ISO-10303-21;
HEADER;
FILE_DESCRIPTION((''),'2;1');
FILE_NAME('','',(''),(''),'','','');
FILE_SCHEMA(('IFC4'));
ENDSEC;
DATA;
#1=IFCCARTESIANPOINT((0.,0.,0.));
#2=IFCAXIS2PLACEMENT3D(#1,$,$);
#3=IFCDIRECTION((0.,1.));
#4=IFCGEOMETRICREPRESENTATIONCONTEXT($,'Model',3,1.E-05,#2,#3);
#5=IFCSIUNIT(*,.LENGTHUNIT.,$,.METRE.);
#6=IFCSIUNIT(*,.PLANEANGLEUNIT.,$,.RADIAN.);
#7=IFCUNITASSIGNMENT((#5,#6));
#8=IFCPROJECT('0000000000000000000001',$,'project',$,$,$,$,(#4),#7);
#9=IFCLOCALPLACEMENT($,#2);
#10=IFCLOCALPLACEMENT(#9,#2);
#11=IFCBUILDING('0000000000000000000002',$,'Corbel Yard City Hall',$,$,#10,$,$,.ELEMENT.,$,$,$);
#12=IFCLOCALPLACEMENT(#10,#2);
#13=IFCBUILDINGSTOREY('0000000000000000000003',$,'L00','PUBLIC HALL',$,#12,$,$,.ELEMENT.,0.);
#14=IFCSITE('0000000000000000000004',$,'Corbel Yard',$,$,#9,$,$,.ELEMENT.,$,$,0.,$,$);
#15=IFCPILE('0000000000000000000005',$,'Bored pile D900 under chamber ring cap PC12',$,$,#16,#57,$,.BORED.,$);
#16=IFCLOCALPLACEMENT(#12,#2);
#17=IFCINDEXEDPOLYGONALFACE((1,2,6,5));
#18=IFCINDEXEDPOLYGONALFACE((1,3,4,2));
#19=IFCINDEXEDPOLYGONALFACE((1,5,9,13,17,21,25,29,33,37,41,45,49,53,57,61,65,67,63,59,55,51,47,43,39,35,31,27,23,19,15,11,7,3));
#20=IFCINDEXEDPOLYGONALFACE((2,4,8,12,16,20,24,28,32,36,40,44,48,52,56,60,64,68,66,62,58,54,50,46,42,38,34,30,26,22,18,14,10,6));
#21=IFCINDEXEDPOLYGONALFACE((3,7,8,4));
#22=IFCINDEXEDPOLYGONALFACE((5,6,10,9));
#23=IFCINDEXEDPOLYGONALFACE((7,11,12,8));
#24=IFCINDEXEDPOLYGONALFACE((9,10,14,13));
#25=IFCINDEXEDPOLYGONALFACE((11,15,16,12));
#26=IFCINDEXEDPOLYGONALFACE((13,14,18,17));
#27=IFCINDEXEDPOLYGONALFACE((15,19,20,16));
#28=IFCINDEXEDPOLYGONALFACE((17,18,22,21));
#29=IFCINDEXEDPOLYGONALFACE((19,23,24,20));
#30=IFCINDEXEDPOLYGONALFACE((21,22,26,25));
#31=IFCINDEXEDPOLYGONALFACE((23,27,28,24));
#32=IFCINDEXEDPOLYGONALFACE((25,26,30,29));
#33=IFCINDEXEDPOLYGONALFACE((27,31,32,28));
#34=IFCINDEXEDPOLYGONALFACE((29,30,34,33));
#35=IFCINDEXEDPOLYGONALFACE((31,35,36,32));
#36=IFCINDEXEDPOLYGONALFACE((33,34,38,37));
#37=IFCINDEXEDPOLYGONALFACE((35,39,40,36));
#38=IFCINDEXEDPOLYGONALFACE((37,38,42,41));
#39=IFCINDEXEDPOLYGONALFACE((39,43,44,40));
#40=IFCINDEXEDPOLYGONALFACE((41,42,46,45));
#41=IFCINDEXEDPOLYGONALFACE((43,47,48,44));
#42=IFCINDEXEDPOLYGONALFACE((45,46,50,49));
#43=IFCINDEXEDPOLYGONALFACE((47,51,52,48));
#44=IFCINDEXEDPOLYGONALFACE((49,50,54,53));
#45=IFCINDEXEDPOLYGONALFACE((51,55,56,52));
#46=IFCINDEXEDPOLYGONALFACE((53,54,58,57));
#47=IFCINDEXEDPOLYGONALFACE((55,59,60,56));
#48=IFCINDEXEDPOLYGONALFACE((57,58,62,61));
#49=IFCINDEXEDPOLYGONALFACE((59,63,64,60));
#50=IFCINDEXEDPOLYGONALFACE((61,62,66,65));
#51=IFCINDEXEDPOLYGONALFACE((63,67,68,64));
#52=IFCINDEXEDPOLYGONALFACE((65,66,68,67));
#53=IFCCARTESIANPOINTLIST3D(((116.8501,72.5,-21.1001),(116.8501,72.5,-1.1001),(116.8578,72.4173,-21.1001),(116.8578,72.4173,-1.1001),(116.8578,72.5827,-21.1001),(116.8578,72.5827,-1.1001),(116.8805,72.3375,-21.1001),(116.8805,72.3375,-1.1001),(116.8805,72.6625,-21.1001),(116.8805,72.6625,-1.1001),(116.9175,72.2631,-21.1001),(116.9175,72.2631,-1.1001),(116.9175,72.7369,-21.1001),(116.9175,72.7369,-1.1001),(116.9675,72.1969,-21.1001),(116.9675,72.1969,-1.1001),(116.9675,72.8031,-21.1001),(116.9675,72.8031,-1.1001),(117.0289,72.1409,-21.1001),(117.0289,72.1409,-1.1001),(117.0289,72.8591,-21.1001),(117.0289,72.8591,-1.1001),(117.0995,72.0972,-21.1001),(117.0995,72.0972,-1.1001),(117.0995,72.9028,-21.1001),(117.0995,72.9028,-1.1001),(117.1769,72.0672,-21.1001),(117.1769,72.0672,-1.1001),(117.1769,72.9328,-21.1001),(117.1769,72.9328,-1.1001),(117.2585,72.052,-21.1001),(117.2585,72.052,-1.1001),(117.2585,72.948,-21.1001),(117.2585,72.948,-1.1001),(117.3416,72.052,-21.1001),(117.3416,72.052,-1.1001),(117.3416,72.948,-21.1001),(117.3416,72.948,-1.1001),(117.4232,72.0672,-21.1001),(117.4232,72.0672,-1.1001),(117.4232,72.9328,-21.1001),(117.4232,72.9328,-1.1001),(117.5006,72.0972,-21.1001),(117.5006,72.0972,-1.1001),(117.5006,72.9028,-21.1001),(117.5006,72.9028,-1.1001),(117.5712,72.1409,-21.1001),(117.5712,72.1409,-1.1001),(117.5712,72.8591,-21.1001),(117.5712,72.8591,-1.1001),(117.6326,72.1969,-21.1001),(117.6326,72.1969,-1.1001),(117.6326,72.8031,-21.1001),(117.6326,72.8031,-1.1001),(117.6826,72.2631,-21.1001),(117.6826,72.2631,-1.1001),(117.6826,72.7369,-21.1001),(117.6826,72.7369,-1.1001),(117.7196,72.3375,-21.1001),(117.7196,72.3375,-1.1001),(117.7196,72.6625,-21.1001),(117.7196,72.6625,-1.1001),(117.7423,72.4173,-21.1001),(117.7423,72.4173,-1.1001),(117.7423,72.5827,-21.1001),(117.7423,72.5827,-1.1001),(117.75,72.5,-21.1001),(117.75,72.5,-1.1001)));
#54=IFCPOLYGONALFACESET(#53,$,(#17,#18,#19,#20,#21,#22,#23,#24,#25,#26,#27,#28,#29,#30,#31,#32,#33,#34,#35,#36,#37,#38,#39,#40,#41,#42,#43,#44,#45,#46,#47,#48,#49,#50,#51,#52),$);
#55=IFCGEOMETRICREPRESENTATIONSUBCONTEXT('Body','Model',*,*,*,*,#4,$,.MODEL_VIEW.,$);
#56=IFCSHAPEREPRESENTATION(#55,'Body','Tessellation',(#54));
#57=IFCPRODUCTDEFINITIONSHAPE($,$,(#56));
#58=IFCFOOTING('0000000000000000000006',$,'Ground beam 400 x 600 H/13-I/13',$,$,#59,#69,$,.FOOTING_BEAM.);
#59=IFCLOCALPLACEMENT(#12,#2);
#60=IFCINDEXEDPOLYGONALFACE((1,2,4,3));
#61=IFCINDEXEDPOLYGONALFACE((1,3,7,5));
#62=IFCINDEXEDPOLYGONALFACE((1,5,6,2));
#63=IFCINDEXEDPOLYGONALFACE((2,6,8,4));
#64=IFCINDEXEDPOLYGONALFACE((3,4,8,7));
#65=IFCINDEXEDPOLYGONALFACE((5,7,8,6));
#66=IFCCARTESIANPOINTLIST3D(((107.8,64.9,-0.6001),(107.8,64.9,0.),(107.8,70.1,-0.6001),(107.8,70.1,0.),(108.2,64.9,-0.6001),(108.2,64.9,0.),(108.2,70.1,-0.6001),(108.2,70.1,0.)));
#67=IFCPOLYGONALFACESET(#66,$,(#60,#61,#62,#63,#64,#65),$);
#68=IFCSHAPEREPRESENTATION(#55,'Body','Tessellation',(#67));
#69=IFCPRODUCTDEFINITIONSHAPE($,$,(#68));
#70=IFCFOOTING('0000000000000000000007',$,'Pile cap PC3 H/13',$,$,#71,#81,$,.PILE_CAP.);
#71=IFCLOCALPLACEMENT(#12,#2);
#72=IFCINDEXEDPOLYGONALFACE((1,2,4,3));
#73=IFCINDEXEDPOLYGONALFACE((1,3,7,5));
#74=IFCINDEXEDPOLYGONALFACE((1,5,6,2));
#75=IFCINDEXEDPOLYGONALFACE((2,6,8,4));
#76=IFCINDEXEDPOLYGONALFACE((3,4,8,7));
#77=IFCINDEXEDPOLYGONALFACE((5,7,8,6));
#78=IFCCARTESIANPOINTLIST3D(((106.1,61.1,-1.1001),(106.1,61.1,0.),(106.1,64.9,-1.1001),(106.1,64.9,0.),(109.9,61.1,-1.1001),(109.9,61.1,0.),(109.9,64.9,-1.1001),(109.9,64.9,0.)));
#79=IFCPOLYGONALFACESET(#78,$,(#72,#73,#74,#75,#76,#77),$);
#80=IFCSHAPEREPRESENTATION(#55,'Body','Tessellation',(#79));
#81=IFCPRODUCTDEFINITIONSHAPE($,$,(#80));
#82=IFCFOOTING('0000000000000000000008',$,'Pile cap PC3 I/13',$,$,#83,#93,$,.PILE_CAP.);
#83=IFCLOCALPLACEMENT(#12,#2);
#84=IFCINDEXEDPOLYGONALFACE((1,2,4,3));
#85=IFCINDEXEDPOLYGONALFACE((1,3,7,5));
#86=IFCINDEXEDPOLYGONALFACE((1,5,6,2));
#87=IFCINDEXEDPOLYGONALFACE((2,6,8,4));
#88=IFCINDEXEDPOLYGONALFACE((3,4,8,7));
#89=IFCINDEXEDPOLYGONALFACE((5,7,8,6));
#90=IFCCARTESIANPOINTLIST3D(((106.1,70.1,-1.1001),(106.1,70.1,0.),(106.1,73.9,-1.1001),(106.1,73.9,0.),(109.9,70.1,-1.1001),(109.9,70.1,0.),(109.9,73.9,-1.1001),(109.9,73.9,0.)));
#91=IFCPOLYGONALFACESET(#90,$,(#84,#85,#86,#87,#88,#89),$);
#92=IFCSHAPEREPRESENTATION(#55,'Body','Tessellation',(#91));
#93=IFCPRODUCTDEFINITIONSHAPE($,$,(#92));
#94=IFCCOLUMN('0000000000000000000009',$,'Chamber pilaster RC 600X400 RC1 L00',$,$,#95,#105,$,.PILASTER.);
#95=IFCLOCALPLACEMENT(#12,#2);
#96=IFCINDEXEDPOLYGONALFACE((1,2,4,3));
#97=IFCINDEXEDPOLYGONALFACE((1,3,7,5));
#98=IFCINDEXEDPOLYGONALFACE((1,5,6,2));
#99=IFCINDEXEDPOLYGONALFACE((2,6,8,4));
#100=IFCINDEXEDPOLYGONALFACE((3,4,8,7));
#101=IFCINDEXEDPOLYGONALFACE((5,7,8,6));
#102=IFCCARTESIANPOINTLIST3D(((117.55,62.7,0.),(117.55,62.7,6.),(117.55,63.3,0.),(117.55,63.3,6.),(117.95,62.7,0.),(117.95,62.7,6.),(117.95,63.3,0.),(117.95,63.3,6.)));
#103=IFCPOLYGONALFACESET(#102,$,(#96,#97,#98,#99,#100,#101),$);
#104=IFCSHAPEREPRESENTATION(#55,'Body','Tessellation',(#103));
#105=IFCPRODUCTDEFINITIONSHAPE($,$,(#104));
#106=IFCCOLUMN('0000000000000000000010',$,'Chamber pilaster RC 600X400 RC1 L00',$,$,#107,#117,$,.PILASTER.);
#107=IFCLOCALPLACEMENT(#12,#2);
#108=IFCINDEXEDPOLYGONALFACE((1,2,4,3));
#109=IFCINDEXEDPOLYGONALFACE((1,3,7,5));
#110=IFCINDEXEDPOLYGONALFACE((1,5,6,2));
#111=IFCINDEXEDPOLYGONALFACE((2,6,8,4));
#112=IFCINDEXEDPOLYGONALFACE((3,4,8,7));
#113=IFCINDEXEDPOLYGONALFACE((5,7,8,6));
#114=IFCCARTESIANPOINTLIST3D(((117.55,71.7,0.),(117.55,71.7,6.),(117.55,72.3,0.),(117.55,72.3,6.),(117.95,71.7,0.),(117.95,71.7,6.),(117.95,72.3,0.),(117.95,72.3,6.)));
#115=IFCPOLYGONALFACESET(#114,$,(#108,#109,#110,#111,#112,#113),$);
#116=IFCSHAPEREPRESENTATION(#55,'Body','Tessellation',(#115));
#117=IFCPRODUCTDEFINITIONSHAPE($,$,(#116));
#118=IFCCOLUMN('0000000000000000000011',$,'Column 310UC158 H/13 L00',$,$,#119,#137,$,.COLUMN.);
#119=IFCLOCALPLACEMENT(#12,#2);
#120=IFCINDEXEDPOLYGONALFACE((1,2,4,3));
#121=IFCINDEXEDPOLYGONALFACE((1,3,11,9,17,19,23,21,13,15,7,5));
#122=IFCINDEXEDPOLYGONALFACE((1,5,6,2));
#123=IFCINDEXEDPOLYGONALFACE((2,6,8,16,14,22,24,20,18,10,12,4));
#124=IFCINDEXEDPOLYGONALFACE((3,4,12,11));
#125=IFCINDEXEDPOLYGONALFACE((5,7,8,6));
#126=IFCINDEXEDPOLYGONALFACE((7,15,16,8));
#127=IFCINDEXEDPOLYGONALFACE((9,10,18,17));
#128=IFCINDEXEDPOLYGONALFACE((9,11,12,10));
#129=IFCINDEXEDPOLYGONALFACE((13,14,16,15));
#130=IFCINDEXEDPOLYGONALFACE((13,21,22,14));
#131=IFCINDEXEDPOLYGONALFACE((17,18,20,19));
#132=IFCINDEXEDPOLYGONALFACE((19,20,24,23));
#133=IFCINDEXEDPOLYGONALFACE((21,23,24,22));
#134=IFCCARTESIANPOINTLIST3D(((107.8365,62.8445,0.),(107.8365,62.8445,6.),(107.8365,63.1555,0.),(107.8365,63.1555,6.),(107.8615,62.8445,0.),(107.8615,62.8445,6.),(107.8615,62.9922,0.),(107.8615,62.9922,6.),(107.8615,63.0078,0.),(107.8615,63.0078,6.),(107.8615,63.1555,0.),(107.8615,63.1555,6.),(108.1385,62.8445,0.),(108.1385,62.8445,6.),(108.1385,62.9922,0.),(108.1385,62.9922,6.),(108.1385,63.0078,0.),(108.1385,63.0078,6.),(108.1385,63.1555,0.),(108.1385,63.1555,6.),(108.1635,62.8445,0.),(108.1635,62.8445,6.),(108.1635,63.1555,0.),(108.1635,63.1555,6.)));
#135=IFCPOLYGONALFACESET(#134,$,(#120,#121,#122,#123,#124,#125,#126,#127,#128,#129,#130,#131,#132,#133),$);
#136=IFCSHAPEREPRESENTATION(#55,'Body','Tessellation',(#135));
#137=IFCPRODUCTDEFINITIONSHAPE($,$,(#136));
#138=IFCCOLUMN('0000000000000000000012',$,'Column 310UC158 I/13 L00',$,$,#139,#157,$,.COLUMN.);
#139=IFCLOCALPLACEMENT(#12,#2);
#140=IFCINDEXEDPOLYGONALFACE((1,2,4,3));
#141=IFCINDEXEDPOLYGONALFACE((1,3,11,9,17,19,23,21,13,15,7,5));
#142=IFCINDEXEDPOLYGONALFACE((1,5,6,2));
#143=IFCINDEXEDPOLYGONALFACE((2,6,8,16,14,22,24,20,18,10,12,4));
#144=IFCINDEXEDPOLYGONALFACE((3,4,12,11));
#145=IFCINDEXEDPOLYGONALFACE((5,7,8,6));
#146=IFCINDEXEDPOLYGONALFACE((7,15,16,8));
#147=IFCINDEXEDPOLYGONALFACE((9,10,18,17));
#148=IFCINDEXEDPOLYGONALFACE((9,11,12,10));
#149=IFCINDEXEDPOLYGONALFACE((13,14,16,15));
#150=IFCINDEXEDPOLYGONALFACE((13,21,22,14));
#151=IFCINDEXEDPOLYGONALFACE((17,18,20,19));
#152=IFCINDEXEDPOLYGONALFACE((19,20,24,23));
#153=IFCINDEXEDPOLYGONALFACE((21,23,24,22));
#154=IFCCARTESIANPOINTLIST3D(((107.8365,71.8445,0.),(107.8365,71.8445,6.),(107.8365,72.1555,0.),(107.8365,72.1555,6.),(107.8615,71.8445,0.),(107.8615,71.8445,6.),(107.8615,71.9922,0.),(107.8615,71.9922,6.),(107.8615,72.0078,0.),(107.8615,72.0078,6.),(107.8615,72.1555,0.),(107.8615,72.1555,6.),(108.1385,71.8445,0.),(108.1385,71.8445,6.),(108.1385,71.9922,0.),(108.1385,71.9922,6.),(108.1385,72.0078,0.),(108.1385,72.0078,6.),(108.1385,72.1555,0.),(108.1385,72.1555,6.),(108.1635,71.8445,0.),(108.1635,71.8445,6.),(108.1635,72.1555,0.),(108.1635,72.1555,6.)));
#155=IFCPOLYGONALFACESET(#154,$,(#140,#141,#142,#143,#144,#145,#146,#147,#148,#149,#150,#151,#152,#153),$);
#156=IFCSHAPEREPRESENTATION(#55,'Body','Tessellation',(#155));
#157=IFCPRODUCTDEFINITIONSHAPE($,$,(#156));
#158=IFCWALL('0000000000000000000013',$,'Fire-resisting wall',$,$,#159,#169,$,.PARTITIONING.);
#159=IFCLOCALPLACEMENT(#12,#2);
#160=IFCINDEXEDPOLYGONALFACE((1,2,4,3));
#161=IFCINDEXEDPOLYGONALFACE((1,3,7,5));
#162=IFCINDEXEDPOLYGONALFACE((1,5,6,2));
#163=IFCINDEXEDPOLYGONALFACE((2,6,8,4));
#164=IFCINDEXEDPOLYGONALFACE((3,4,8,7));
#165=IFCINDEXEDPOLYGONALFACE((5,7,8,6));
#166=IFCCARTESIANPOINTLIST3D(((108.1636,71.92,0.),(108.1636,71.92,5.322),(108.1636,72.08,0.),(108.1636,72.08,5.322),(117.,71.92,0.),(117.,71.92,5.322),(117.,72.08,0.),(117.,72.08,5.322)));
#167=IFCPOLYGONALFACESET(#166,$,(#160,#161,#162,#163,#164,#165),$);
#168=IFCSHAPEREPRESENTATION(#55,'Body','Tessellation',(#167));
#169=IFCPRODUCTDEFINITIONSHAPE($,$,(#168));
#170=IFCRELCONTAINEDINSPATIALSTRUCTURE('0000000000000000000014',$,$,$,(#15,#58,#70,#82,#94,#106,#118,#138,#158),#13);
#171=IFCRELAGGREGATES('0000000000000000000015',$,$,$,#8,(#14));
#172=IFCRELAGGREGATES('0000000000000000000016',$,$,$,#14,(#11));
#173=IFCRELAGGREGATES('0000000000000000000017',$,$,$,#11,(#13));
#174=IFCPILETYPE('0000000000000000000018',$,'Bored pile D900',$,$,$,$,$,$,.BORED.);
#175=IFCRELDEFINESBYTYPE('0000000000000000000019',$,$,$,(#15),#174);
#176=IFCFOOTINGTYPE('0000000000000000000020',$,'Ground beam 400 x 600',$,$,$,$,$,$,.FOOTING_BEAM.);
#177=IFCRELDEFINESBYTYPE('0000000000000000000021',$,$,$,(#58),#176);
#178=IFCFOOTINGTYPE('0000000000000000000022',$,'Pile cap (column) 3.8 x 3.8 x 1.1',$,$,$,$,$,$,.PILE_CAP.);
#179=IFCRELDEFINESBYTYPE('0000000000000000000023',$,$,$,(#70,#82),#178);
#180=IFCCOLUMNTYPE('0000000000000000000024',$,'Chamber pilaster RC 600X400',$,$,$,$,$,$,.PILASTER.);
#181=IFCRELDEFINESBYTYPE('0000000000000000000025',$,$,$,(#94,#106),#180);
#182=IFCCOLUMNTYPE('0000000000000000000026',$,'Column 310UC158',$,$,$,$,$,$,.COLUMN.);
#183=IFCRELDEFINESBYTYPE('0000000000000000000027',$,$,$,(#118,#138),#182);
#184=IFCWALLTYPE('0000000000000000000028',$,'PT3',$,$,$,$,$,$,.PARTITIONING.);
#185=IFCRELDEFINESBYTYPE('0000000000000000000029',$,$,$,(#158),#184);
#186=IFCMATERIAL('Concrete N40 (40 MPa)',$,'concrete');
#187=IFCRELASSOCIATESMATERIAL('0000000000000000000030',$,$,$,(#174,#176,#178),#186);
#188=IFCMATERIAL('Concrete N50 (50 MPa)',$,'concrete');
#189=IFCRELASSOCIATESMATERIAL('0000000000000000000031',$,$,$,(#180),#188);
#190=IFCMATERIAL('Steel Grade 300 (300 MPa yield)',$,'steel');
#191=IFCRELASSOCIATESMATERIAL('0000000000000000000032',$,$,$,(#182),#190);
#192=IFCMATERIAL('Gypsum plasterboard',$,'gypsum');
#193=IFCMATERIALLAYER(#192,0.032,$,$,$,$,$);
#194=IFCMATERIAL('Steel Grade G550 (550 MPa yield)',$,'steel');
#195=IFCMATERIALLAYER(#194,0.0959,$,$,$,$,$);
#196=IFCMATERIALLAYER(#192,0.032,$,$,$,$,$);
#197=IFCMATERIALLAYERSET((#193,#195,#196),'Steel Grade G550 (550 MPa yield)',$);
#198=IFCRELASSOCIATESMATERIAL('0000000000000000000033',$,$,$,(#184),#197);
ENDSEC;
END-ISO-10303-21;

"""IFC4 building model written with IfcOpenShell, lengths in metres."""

from ifc_helpers import new_model, si_unit, direction, frame, frame_2d, origin, origin_2d, place, context, subcontext, project, spatial, rectangle, circle, i_section, extrude, material, layer, layer_set, material_profile, profile_set, type_object, element, save


model = new_model("IFC4")

# Units and contexts
model_context = context("Model", 3, precision=1e-05, world=origin(), true_north=direction((0.0, 1.0)))
body_context = subcontext(model_context, "Body", "Model", "MODEL_VIEW")
ifc_project = project(units=[si_unit("LENGTHUNIT", "METRE"), si_unit("PLANEANGLEUNIT", "RADIAN")], contexts=[model_context])

# Site, building, storey
site_placement = place(None, origin())
site = spatial("IfcSite", under=ifc_project, at=site_placement, Name="Corbel Yard", CompositionType="ELEMENT", RefElevation=0.0)
building_placement = place(site_placement, origin())
building = spatial("IfcBuilding", under=site, at=building_placement, Name="Corbel Yard City Hall", CompositionType="ELEMENT")
storey_placement = place(building_placement, origin())
storey = spatial("IfcBuildingStorey", under=building, at=storey_placement, Name="L00", Description="PUBLIC HALL", CompositionType="ELEMENT", Elevation=0.0)

# Pile
ifc_material_1 = material(Name="Concrete N40 (40 MPa)", Category="concrete")
ifc_material_profile_1 = material_profile(ifc_material_1, circle(Radius=0.45, at=origin_2d()), Name="D900")
ifc_profile_set_1 = profile_set([ifc_material_profile_1], Name="Concrete N40 (40 MPa)")
pile_type = type_object("IfcPileType", Name="Bored pile D900", PredefinedType="BORED", material=ifc_profile_set_1)
for number, where, z_axis, x_axis, name in (
    (1, (117.3, 72.5, -1.1001), (0.0, 0.0, -1.0), (1.0, 0.0, 0.0), "Bored pile D900 under chamber ring cap PC12"),
):
    element("IfcPile", number, at=place(storey_placement, frame(where, z_axis=z_axis, x_axis=x_axis)), inside=storey, type_object=pile_type, Name=name, PredefinedType="BORED", context=body_context, shape_type="SweptSolid", body=[
        extrude(circle(Radius=0.45, at=origin_2d()), origin(), (0.0, 0.0, 1.0), 20.0),
    ])

# Footings
footing_type_1 = type_object("IfcFootingType", Name="Ground beam 400 x 600", PredefinedType="FOOTING_BEAM", material=ifc_material_1)
footing_placement = place(storey_placement, frame((108.0, 67.5, -0.6001), z_axis=(0.0, 0.0, 1.0), x_axis=(1.0, 0.0, 0.0)))
element("IfcFooting", 2, at=footing_placement, inside=storey, type_object=footing_type_1, Name="Ground beam 400 x 600 H/13-I/13", PredefinedType="FOOTING_BEAM", context=body_context, shape_type="SweptSolid", body=[
    extrude(rectangle(XDim=0.3999, YDim=5.2, at=origin_2d()), origin(), (0.0, 0.0, 1.0), 0.6001),
])
footing_type_2 = type_object("IfcFootingType", Name="Pile cap (column) 3.8 x 3.8 x 1.1", PredefinedType="PILE_CAP", material=ifc_material_1)
for number, where, z_axis, x_axis, name in (
    (3, (108.0, 63.0, -1.1001), (0.0, 0.0, 1.0), (1.0, 0.0, 0.0), "Pile cap PC3 H/13"),
    (4, (108.0, 72.0, -1.1001), (0.0, 0.0, 1.0), (1.0, 0.0, 0.0), "Pile cap PC3 I/13"),
):
    element("IfcFooting", number, at=place(storey_placement, frame(where, z_axis=z_axis, x_axis=x_axis)), inside=storey, type_object=footing_type_2, Name=name, PredefinedType="PILE_CAP", context=body_context, shape_type="SweptSolid", body=[
        extrude(rectangle(XDim=3.8, YDim=3.8, at=origin_2d()), origin(), (0.0, 0.0, 1.0), 1.1001),
    ])

# Columns
ifc_material_2 = material(Name="Concrete N50 (50 MPa)", Category="concrete")
ifc_material_profile_2 = material_profile(ifc_material_2, rectangle(XDim=0.6001, YDim=0.3999, at=origin_2d()), Name="600x400")
ifc_profile_set_2 = profile_set([ifc_material_profile_2], Name="Concrete N50 (50 MPa)")
column_type_1 = type_object("IfcColumnType", Name="Chamber pilaster RC 600X400", PredefinedType="PILASTER", material=ifc_profile_set_2)
for number, where, z_axis, x_axis, name in (
    (5, (117.75, 63.0, 0.0), (0.0, 0.0, 1.0), (0.0, 1.0, 0.0), "Chamber pilaster RC 600X400 RC1 L00"),
    (6, (117.75, 72.0, 0.0), (0.0, 0.0, 1.0), (0.0, 1.0, 0.0), "Chamber pilaster RC 600X400 RC1 L00"),
):
    element("IfcColumn", number, at=place(storey_placement, frame(where, z_axis=z_axis, x_axis=x_axis)), inside=storey, type_object=column_type_1, Name=name, PredefinedType="PILASTER", context=body_context, shape_type="SweptSolid", body=[
        extrude(rectangle(XDim=0.6001, YDim=0.3999, at=origin_2d()), origin(), (0.0, 0.0, 1.0), 6.0),
    ])
ifc_material_3 = material(Name="Steel Grade 300 (300 MPa yield)", Category="steel")
ifc_material_profile_3 = material_profile(ifc_material_3, i_section(OverallWidth=0.311, OverallDepth=0.3269, WebThickness=0.0156, FlangeThickness=0.0249, at=origin_2d()), Name="310UC158")
ifc_profile_set_3 = profile_set([ifc_material_profile_3], Name="Steel Grade 300 (300 MPa yield)")
column_type_2 = type_object("IfcColumnType", Name="Column 310UC158", PredefinedType="COLUMN", material=ifc_profile_set_3)
for number, where, z_axis, x_axis, name in (
    (7, (108.0, 63.0, 0.0), (0.0, 0.0, 1.0), (0.0, 1.0, 0.0), "Column 310UC158 H/13 L00"),
    (8, (108.0, 72.0, 0.0), (0.0, 0.0, 1.0), (0.0, 1.0, 0.0), "Column 310UC158 I/13 L00"),
):
    element("IfcColumn", number, at=place(storey_placement, frame(where, z_axis=z_axis, x_axis=x_axis)), inside=storey, type_object=column_type_2, Name=name, PredefinedType="COLUMN", context=body_context, shape_type="SweptSolid", body=[
        extrude(i_section(OverallWidth=0.311, OverallDepth=0.3269, WebThickness=0.0156, FlangeThickness=0.0249, at=origin_2d()), origin(), (0.0, 0.0, 1.0), 6.0),
    ])

# Wall
ifc_material_4 = material(Name="Gypsum plasterboard", Category="gypsum")
ifc_layer_1 = layer(ifc_material_4, 0.032)
ifc_material_5 = material(Name="Steel Grade G550 (550 MPa yield)", Category="steel")
ifc_layer_2 = layer(ifc_material_5, 0.0959)
ifc_layer_3 = layer(ifc_material_4, 0.032)
ifc_layer_set = layer_set([ifc_layer_1, ifc_layer_2, ifc_layer_3], Name="Steel Grade G550 (550 MPa yield)")
wall_type = type_object("IfcWallType", Name="PT3", PredefinedType="PARTITIONING", material=ifc_layer_set)
wall_placement = place(storey_placement, frame((108.1636, 72.0, 0.0), z_axis=(0.0, 0.0, 1.0), x_axis=(1.0, 0.0, 0.0)))
element("IfcWall", 9, at=wall_placement, inside=storey, type_object=wall_type, Name="Fire-resisting wall", PredefinedType="PARTITIONING", context=body_context, shape_type="SweptSolid", body=[
    extrude(rectangle(XDim=8.8364, YDim=0.1599, at=frame_2d((4.4182, 0.0))), origin(), (0.0, 0.0, 1.0), 5.322),
])

save(model, "model.ifc")
